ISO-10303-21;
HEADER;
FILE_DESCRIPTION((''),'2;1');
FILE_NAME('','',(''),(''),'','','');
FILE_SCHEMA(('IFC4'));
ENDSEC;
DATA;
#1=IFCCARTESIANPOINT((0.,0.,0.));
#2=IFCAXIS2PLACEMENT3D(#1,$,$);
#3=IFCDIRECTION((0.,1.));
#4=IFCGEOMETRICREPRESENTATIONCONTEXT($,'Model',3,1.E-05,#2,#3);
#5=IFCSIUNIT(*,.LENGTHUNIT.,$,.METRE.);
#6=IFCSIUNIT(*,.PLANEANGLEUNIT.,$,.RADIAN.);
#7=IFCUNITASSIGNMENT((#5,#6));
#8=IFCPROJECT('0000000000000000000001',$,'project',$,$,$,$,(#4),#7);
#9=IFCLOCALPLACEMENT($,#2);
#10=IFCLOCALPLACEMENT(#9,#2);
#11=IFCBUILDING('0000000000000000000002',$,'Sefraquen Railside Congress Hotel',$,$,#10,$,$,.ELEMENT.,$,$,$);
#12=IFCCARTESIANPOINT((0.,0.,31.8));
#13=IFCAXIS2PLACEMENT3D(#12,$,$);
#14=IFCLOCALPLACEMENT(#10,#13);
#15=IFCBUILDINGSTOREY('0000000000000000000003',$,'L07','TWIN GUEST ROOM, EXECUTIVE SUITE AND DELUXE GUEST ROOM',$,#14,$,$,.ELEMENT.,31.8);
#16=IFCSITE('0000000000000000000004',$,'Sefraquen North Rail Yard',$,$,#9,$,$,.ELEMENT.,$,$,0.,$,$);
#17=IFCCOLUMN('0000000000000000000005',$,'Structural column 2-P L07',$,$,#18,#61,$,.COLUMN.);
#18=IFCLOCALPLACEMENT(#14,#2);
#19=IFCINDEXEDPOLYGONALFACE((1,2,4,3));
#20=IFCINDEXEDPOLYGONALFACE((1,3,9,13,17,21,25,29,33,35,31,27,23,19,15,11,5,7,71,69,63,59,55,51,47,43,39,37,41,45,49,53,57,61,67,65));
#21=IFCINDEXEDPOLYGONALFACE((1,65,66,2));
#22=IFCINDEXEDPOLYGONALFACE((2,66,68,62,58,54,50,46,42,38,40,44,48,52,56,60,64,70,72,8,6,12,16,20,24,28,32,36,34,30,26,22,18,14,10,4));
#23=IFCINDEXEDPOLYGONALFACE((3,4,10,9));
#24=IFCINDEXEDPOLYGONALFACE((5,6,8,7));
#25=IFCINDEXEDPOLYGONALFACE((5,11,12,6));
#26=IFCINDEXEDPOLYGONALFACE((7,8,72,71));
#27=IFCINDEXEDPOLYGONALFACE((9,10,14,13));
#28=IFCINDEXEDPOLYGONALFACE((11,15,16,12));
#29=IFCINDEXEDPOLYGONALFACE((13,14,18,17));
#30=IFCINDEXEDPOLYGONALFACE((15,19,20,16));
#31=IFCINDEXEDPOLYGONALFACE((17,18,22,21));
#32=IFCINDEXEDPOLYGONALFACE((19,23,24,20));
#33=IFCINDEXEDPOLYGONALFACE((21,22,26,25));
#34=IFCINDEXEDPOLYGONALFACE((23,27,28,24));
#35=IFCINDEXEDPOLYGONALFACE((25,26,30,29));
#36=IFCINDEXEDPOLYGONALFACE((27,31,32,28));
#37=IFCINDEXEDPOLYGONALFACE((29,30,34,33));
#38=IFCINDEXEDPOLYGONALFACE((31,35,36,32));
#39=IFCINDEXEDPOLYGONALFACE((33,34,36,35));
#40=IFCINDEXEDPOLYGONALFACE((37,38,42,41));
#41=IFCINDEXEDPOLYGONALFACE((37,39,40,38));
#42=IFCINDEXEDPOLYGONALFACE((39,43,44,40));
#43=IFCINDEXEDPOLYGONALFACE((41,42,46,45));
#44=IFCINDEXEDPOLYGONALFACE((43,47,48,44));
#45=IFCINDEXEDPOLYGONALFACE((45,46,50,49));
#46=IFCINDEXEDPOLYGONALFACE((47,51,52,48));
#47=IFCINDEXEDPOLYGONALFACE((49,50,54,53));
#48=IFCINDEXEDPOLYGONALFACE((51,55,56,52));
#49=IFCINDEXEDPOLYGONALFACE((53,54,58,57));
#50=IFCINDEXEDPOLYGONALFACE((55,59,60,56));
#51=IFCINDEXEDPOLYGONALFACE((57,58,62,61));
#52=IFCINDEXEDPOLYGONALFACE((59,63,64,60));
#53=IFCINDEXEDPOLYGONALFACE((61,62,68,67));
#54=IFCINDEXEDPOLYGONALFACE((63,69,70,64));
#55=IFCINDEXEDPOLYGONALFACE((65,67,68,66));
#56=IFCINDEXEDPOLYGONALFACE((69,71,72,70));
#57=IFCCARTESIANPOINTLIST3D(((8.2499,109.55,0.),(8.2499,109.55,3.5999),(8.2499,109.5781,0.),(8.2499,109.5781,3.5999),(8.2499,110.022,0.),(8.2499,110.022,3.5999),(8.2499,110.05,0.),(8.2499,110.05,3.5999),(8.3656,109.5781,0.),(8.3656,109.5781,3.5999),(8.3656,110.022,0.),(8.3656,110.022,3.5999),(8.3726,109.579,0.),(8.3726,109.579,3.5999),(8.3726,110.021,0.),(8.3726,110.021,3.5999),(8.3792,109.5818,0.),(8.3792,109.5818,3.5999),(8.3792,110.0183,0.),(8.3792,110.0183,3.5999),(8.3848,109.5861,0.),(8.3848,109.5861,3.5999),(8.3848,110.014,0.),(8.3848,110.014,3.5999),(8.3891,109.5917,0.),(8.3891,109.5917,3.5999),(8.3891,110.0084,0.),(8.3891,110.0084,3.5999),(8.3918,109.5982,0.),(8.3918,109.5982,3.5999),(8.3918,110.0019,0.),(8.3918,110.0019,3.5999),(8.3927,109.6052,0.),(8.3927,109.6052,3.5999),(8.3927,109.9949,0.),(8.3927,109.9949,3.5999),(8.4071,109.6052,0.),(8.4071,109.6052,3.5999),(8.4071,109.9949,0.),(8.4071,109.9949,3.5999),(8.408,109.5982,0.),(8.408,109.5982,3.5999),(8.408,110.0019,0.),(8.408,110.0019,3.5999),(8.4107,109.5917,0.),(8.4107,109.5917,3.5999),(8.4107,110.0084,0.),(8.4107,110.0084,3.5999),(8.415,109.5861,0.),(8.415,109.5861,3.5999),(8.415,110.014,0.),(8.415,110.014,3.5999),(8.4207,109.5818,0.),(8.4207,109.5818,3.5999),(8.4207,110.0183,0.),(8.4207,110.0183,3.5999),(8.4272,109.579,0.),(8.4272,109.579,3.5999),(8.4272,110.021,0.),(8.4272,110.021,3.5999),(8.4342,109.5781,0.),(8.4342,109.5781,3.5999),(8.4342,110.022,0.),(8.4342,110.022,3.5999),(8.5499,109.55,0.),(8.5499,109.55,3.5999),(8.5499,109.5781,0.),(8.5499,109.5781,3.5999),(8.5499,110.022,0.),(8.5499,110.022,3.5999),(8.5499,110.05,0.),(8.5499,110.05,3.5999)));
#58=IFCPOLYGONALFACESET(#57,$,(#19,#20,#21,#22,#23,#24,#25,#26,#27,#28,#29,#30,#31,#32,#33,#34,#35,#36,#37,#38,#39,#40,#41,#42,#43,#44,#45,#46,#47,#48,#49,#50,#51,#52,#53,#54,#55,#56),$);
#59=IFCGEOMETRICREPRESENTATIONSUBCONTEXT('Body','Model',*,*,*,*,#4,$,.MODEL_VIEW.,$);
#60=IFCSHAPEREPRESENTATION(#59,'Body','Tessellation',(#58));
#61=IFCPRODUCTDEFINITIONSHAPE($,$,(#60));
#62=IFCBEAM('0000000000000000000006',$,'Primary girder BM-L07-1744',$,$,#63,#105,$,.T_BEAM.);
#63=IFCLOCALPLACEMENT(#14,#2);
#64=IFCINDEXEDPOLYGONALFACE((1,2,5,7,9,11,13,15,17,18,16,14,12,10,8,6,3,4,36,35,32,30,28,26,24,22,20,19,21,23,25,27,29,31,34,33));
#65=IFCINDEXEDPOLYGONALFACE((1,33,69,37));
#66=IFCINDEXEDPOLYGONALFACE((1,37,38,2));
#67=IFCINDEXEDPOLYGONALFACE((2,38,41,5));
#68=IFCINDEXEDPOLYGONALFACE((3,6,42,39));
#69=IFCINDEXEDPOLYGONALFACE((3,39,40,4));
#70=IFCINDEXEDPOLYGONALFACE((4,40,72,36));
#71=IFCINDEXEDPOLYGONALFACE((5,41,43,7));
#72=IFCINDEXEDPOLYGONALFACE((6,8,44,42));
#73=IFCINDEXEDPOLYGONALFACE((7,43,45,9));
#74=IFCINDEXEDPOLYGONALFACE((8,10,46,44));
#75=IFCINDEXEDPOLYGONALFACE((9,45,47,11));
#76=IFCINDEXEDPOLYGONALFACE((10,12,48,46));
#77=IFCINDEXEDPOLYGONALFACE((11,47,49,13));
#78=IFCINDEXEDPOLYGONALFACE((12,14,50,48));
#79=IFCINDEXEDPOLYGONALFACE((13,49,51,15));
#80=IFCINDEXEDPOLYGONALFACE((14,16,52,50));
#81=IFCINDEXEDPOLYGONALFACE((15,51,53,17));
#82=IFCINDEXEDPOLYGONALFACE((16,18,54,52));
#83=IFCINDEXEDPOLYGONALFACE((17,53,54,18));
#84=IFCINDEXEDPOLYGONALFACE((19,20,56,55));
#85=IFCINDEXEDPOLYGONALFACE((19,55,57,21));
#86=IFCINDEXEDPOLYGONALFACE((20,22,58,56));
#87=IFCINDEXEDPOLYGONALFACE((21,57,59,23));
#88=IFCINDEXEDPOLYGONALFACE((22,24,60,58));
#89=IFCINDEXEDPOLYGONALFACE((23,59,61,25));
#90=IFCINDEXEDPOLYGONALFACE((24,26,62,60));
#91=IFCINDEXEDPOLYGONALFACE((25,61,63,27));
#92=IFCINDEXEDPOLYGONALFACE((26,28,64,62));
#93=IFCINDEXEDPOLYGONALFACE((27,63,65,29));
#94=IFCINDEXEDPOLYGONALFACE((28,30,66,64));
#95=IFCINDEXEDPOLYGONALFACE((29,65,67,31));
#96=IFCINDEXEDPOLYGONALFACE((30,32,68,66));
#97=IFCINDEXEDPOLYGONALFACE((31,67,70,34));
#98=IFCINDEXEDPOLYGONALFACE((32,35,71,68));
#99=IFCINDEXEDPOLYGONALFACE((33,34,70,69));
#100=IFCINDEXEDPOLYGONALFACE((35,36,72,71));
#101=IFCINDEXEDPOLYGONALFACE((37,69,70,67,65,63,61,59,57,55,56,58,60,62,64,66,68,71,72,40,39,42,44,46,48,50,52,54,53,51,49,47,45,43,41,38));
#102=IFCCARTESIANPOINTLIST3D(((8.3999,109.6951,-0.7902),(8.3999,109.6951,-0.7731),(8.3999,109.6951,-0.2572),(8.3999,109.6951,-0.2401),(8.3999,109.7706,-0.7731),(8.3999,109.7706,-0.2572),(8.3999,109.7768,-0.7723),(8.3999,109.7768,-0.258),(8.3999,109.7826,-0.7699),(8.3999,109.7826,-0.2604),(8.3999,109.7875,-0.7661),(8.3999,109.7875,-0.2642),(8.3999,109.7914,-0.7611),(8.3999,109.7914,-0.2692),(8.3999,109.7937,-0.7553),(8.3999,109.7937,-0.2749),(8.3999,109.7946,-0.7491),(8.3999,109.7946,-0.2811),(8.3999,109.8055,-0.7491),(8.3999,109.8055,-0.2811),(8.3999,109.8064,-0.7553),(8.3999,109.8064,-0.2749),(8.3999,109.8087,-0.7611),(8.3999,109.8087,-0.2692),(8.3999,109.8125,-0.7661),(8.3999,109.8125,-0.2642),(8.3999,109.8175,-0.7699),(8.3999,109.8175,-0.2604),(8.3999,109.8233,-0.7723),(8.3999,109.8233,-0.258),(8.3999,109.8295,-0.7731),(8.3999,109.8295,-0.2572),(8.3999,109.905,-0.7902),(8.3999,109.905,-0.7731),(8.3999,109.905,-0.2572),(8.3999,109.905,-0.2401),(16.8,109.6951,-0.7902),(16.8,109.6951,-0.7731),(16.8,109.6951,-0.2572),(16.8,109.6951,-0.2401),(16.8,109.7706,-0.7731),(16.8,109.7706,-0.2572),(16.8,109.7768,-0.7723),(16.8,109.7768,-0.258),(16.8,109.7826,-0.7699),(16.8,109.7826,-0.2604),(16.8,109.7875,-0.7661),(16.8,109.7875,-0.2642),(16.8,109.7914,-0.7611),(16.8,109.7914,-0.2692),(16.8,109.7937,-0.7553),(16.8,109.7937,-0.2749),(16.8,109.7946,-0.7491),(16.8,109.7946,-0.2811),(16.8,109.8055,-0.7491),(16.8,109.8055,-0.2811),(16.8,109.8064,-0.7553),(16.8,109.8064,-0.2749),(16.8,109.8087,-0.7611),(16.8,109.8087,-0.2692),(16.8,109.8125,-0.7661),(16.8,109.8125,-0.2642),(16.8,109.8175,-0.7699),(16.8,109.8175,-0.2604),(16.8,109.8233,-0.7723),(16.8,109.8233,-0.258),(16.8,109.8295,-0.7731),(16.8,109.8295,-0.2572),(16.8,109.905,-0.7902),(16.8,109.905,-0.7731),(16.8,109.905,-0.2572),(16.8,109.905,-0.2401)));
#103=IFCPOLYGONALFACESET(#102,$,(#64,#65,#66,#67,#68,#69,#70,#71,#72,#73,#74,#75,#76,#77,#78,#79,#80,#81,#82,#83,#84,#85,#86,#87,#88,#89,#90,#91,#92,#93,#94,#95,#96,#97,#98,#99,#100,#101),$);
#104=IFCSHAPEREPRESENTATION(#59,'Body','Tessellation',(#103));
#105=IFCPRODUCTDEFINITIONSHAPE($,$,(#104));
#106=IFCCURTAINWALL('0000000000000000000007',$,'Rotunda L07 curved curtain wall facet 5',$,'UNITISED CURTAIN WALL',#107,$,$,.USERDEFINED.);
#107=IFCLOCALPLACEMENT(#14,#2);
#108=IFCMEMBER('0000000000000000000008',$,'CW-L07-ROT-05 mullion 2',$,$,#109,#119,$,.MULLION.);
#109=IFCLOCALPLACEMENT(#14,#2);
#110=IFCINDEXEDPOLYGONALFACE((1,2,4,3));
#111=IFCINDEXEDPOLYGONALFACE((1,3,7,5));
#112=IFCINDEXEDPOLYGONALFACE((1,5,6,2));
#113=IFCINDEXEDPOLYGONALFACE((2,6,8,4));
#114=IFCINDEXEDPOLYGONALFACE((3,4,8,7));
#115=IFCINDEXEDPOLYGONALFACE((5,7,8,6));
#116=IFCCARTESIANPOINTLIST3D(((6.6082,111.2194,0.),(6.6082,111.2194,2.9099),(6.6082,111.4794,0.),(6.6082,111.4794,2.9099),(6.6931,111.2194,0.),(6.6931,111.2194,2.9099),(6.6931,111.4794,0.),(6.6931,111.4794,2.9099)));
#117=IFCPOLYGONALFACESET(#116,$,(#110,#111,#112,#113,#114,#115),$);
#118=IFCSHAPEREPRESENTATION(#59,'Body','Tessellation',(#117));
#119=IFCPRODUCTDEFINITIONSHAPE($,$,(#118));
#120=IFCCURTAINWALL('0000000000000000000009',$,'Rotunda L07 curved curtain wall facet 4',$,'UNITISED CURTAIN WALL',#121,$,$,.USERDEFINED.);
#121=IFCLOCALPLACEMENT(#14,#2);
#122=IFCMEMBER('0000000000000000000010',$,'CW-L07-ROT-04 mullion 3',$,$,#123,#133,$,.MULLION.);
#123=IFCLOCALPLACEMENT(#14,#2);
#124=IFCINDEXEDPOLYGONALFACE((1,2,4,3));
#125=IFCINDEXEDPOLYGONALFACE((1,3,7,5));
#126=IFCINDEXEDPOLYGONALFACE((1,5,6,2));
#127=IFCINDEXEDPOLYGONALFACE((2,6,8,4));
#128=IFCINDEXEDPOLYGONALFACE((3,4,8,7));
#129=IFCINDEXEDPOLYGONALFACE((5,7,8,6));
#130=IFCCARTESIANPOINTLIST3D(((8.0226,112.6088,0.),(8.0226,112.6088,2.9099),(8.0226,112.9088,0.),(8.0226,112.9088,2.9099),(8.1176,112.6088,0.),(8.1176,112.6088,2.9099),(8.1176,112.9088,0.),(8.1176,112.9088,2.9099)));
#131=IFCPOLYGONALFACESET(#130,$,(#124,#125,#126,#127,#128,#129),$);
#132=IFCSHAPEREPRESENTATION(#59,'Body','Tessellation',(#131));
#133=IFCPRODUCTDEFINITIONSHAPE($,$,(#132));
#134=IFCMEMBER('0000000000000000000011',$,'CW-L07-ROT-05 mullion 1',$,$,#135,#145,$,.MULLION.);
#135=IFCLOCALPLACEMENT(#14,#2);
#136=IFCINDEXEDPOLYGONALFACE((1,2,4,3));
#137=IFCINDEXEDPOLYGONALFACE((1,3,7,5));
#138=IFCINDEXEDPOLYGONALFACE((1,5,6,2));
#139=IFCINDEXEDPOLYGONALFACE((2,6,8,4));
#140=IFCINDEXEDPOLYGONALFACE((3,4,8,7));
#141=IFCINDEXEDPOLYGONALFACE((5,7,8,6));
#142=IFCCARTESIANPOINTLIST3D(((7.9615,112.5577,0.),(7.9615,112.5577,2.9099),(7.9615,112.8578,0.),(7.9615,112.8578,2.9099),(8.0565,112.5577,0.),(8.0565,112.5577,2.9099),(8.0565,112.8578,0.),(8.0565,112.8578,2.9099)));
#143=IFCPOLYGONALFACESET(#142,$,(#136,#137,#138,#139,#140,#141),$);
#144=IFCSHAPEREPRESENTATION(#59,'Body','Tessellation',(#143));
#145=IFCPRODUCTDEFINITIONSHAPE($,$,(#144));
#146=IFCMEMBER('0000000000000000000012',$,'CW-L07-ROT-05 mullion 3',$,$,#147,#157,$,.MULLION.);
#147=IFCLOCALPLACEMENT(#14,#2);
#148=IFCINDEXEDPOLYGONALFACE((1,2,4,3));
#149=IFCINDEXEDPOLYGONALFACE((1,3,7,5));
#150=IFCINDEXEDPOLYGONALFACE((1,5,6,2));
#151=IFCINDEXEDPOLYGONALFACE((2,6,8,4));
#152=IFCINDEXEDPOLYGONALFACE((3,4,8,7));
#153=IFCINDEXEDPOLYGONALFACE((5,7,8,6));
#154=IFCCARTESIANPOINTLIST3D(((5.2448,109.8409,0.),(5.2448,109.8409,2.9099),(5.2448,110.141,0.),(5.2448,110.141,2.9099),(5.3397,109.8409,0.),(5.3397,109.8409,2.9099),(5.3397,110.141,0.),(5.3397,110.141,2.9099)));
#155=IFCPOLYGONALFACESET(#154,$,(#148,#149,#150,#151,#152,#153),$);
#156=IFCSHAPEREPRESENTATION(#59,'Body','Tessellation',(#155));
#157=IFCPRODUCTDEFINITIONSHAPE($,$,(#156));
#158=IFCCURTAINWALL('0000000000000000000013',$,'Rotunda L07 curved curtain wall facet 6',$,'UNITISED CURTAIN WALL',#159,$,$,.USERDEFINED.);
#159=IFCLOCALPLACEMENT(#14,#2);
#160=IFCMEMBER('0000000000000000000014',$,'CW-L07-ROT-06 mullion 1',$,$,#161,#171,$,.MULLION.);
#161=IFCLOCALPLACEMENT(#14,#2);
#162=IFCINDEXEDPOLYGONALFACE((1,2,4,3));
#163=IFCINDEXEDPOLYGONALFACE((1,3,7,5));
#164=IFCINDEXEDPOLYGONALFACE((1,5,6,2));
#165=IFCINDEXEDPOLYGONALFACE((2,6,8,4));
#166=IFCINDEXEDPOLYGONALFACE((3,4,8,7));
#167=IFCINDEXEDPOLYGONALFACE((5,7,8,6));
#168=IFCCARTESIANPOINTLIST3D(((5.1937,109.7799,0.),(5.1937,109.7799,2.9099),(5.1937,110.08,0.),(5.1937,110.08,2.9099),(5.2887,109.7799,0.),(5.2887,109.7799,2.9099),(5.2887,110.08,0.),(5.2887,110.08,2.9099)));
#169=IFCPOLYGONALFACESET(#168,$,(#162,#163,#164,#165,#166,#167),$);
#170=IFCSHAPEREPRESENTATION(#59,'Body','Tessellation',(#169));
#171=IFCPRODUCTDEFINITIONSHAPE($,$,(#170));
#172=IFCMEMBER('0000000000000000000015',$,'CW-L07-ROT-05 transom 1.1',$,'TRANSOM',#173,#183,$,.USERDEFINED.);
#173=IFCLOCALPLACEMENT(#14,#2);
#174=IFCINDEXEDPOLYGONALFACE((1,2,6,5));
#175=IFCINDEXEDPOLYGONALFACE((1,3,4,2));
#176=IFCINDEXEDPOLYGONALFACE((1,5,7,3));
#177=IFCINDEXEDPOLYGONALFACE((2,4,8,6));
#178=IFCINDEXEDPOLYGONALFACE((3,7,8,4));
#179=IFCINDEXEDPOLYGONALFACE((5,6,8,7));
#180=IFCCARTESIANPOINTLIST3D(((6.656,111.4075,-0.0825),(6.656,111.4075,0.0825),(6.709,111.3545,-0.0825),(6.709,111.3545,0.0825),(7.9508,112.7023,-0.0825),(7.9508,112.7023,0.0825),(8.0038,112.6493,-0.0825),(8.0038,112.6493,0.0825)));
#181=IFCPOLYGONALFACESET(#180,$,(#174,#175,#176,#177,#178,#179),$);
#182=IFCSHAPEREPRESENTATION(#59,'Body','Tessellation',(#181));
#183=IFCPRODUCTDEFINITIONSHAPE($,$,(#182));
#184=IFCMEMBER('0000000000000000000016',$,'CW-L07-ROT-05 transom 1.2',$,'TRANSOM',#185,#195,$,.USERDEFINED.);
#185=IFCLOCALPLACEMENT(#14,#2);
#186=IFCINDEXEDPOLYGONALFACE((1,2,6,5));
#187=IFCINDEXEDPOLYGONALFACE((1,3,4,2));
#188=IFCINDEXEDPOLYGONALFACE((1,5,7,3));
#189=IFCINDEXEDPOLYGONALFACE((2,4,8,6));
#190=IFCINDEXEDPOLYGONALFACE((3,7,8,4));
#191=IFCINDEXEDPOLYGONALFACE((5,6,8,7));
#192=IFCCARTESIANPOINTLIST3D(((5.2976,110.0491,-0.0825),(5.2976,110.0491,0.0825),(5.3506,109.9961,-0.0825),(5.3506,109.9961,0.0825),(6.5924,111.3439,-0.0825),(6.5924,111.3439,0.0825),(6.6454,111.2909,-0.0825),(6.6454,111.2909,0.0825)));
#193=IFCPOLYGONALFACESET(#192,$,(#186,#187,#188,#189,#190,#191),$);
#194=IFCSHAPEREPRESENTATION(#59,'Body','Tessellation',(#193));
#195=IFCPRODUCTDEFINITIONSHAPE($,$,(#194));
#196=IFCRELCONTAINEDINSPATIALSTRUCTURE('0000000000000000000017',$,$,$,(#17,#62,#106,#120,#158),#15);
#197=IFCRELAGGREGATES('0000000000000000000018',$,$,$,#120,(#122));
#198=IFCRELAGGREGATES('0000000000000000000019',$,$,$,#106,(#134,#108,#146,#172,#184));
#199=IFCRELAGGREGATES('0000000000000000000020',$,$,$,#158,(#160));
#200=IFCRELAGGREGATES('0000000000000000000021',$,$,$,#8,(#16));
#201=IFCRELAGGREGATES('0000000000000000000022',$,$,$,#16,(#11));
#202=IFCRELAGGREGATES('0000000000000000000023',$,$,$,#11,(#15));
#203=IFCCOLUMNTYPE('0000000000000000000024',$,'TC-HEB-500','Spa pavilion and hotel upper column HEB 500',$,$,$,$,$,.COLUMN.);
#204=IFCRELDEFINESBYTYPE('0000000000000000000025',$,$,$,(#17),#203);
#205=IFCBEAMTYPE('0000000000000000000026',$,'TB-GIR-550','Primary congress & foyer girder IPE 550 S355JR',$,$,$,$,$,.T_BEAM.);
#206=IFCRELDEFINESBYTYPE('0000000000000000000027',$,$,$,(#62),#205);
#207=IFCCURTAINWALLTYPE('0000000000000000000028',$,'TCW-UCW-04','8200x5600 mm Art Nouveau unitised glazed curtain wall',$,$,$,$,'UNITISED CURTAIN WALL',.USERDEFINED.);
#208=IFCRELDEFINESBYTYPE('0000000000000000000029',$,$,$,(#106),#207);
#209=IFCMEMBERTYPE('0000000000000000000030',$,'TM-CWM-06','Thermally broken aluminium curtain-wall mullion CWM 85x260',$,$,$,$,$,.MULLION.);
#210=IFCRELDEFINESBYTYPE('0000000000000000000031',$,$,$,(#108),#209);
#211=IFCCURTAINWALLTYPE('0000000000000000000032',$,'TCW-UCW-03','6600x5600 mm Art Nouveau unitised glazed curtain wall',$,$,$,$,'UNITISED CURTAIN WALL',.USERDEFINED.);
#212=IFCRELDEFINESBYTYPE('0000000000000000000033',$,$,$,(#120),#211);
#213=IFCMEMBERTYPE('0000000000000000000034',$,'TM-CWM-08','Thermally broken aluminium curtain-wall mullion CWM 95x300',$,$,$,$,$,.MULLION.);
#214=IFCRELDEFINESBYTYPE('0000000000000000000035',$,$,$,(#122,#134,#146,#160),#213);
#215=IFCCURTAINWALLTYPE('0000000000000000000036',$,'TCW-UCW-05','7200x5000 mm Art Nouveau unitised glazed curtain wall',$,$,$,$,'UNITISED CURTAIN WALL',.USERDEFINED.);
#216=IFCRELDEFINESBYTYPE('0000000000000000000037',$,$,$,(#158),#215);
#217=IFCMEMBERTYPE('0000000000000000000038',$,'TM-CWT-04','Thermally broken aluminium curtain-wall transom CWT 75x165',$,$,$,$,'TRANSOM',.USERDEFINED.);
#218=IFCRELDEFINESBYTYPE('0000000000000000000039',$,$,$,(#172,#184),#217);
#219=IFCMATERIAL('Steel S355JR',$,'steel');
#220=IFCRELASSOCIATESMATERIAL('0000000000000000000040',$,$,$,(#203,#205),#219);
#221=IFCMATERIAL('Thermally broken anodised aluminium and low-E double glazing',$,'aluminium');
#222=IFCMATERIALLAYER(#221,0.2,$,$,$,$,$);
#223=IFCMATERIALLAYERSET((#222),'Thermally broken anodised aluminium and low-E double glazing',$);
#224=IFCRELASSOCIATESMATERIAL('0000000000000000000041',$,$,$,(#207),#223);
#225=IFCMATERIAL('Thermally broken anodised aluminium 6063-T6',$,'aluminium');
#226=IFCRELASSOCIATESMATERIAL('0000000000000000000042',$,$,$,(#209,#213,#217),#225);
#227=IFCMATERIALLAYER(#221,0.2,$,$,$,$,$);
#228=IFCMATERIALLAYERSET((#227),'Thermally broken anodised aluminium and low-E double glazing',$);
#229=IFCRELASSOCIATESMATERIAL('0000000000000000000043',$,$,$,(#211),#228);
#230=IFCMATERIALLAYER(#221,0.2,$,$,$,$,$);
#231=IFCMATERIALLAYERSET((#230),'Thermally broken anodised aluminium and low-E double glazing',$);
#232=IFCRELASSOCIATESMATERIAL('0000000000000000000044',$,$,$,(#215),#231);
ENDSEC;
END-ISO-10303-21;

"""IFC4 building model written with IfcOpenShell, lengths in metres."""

from ifc_helpers import new_model, si_unit, direction, frame, origin, origin_2d, place, context, subcontext, project, spatial, rectangle, i_section, extrude, material, layer, layer_set, material_profile, profile_set, type_object, element, aggregate, save


model = new_model("IFC4")

# Units and contexts
model_context = context("Model", 3, precision=1e-05, world=origin(), true_north=direction((0.0, 1.0)))
body_context = subcontext(model_context, "Body", "Model", "MODEL_VIEW")
ifc_project = project(units=[si_unit("LENGTHUNIT", "METRE"), si_unit("PLANEANGLEUNIT", "RADIAN")], contexts=[model_context])

# Site, building, storey
site_placement = place(None, origin())
site = spatial("IfcSite", under=ifc_project, at=site_placement, Name="Sefraquen North Rail Yard", CompositionType="ELEMENT", RefElevation=0.0)
building_placement = place(site_placement, origin())
building = spatial("IfcBuilding", under=site, at=building_placement, Name="Sefraquen Railside Congress Hotel", CompositionType="ELEMENT")
storey_placement = place(building_placement, frame((0.0, 0.0, 31.8)))
storey = spatial("IfcBuildingStorey", under=building, at=storey_placement, Name="L07", Description="TWIN GUEST ROOM, EXECUTIVE SUITE AND DELUXE GUEST ROOM", CompositionType="ELEMENT", Elevation=31.8)

# Column
ifc_material_1 = material(Name="Steel S355JR", Category="steel")
ifc_material_profile_1 = material_profile(ifc_material_1, i_section(OverallWidth=0.3, OverallDepth=0.5, WebThickness=0.0144, FlangeThickness=0.0281, FilletRadius=0.0271, at=origin_2d()), Name="HEB 500")
ifc_profile_set_1 = profile_set([ifc_material_profile_1], Name="Steel S355JR")
column_type = type_object("IfcColumnType", Name="TC-HEB-500", Description="Spa pavilion and hotel upper column HEB 500", PredefinedType="COLUMN", material=ifc_profile_set_1)
column_placement = place(storey_placement, frame((8.3999, 109.8, 0.0), z_axis=(0.0, 0.0, 1.0), x_axis=(1.0, 0.0, 0.0)))
element("IfcColumn", 1, at=column_placement, inside=storey, type_object=column_type, Name="Structural column 2-P L07", PredefinedType="COLUMN", context=body_context, shape_type="SweptSolid", body=[
    extrude(i_section(OverallWidth=0.3, OverallDepth=0.5, WebThickness=0.0144, FlangeThickness=0.0281, FilletRadius=0.0271, at=origin_2d()), origin(), (0.0, 0.0, 1.0), 3.5999),
])

# Beam
ifc_material_profile_2 = material_profile(ifc_material_1, i_section(OverallWidth=0.21, OverallDepth=0.55, WebThickness=0.011, FlangeThickness=0.0171, FilletRadius=0.0239, at=origin_2d()), Name="IPE 550")
ifc_profile_set_2 = profile_set([ifc_material_profile_2], Name="Steel S355JR")
beam_type = type_object("IfcBeamType", Name="TB-GIR-550", Description="Primary congress & foyer girder IPE 550 S355JR", PredefinedType="T_BEAM", material=ifc_profile_set_2)
beam_placement = place(storey_placement, frame((8.3999, 109.8, -0.5151), z_axis=(1.0, 0.0, 0.0), x_axis=(0.0, 1.0, 0.0)))
element("IfcBeam", 2, at=beam_placement, inside=storey, type_object=beam_type, Name="Primary girder BM-L07-1744", PredefinedType="T_BEAM", context=body_context, shape_type="SweptSolid", body=[
    extrude(i_section(OverallWidth=0.21, OverallDepth=0.55, WebThickness=0.011, FlangeThickness=0.0171, FilletRadius=0.0239, at=origin_2d()), origin(), (0.0, 0.0, 1.0), 8.4001),
])

# Curtain walls, members
ifc_material_2 = material(Name="Thermally broken anodised aluminium and low-E double glazing", Category="aluminium")
ifc_layer_1 = layer(ifc_material_2, 0.2)
ifc_layer_set_1 = layer_set([ifc_layer_1], Name="Thermally broken anodised aluminium and low-E double glazing")
curtain_wall_type_1 = type_object("IfcCurtainWallType", Name="TCW-UCW-04", Description="8200x5600 mm Art Nouveau unitised glazed curtain wall", ElementType="UNITISED CURTAIN WALL", PredefinedType="USERDEFINED", material=ifc_layer_set_1)
curtain_wall_1_placement = place(storey_placement, origin())
curtain_wall_1 = element("IfcCurtainWall", 3, at=curtain_wall_1_placement, inside=storey, type_object=curtain_wall_type_1, Name="Rotunda L07 curved curtain wall facet 5", ObjectType="UNITISED CURTAIN WALL", PredefinedType="USERDEFINED")
ifc_material_3 = material(Name="Thermally broken anodised aluminium 6063-T6", Category="aluminium")
ifc_material_profile_3 = material_profile(ifc_material_3, rectangle(XDim=0.085, YDim=0.26, at=origin_2d()), Name="CWM 85x260")
ifc_profile_set_3 = profile_set([ifc_material_profile_3], Name="Thermally broken anodised aluminium 6063-T6")
member_type_1 = type_object("IfcMemberType", Name="TM-CWM-06", Description="Thermally broken aluminium curtain-wall mullion CWM 85x260", PredefinedType="MULLION", material=ifc_profile_set_3)
member_1_placement = place(storey_placement, frame((6.6506, 111.3494, 0.0), z_axis=(0.0, 0.0, 1.0), x_axis=(1.0, 0.0, 0.0)))
member_1 = element("IfcMember", 4, at=member_1_placement, type_object=member_type_1, Name="CW-L07-ROT-05 mullion 2", PredefinedType="MULLION", context=body_context, shape_type="SweptSolid", body=[
    extrude(rectangle(XDim=0.085, YDim=0.26, at=origin_2d()), origin(), (0.0, 0.0, 1.0), 2.9099),
])
ifc_layer_2 = layer(ifc_material_2, 0.2)
ifc_layer_set_2 = layer_set([ifc_layer_2], Name="Thermally broken anodised aluminium and low-E double glazing")
curtain_wall_type_2 = type_object("IfcCurtainWallType", Name="TCW-UCW-03", Description="6600x5600 mm Art Nouveau unitised glazed curtain wall", ElementType="UNITISED CURTAIN WALL", PredefinedType="USERDEFINED", material=ifc_layer_set_2)
curtain_wall_2_placement = place(storey_placement, origin())
curtain_wall_2 = element("IfcCurtainWall", 5, at=curtain_wall_2_placement, inside=storey, type_object=curtain_wall_type_2, Name="Rotunda L07 curved curtain wall facet 4", ObjectType="UNITISED CURTAIN WALL", PredefinedType="USERDEFINED")
ifc_material_profile_4 = material_profile(ifc_material_3, rectangle(XDim=0.095, YDim=0.3, at=origin_2d()), Name="CWM 95x300")
ifc_profile_set_4 = profile_set([ifc_material_profile_4], Name="Thermally broken anodised aluminium 6063-T6")
member_type_2 = type_object("IfcMemberType", Name="TM-CWM-08", Description="Thermally broken aluminium curtain-wall mullion CWM 95x300", PredefinedType="MULLION", material=ifc_profile_set_4)
member_2_placement = place(storey_placement, frame((8.0701, 112.7588, 0.0), z_axis=(0.0, 0.0, 1.0), x_axis=(1.0, 0.0, 0.0)))
member_2 = element("IfcMember", 6, at=member_2_placement, type_object=member_type_2, Name="CW-L07-ROT-04 mullion 3", PredefinedType="MULLION", context=body_context, shape_type="SweptSolid", body=[
    extrude(rectangle(XDim=0.095, YDim=0.3, at=origin_2d()), origin(), (0.0, 0.0, 1.0), 2.9099),
])

# Members
member_3_placement = place(storey_placement, frame((8.009, 112.7078, 0.0), z_axis=(0.0, 0.0, 1.0), x_axis=(1.0, 0.0, 0.0)))
member_3 = element("IfcMember", 7, at=member_3_placement, type_object=member_type_2, Name="CW-L07-ROT-05 mullion 1", PredefinedType="MULLION", context=body_context, shape_type="SweptSolid", body=[
    extrude(rectangle(XDim=0.095, YDim=0.3, at=origin_2d()), origin(), (0.0, 0.0, 1.0), 2.9099),
])
member_4_placement = place(storey_placement, frame((5.2922, 109.991, 0.0), z_axis=(0.0, 0.0, 1.0), x_axis=(1.0, 0.0, 0.0)))
member_4 = element("IfcMember", 8, at=member_4_placement, type_object=member_type_2, Name="CW-L07-ROT-05 mullion 3", PredefinedType="MULLION", context=body_context, shape_type="SweptSolid", body=[
    extrude(rectangle(XDim=0.095, YDim=0.3, at=origin_2d()), origin(), (0.0, 0.0, 1.0), 2.9099),
])

# Curtain wall, member
ifc_layer_3 = layer(ifc_material_2, 0.2)
ifc_layer_set_3 = layer_set([ifc_layer_3], Name="Thermally broken anodised aluminium and low-E double glazing")
curtain_wall_type_3 = type_object("IfcCurtainWallType", Name="TCW-UCW-05", Description="7200x5000 mm Art Nouveau unitised glazed curtain wall", ElementType="UNITISED CURTAIN WALL", PredefinedType="USERDEFINED", material=ifc_layer_set_3)
curtain_wall_3_placement = place(storey_placement, origin())
curtain_wall_3 = element("IfcCurtainWall", 9, at=curtain_wall_3_placement, inside=storey, type_object=curtain_wall_type_3, Name="Rotunda L07 curved curtain wall facet 6", ObjectType="UNITISED CURTAIN WALL", PredefinedType="USERDEFINED")
member_5_placement = place(storey_placement, frame((5.2412, 109.9299, 0.0), z_axis=(0.0, 0.0, 1.0), x_axis=(1.0, 0.0, 0.0)))
member_5 = element("IfcMember", 10, at=member_5_placement, type_object=member_type_2, Name="CW-L07-ROT-06 mullion 1", PredefinedType="MULLION", context=body_context, shape_type="SweptSolid", body=[
    extrude(rectangle(XDim=0.095, YDim=0.3, at=origin_2d()), origin(), (0.0, 0.0, 1.0), 2.9099),
])

# Members
ifc_material_profile_5 = material_profile(ifc_material_3, rectangle(XDim=0.075, YDim=0.165, at=origin_2d()), Name="CWT 75x165")
ifc_profile_set_5 = profile_set([ifc_material_profile_5], Name="Thermally broken anodised aluminium 6063-T6")
member_type_3 = type_object("IfcMemberType", Name="TM-CWT-04", Description="Thermally broken aluminium curtain-wall transom CWT 75x165", ElementType="TRANSOM", PredefinedType="USERDEFINED", material=ifc_profile_set_5)
member_6_placement = place(storey_placement, frame((7.9773, 112.6758, 0.0), z_axis=(-0.707107, -0.707107, 0.0), x_axis=(0.707107, -0.707107, 0.0)))
member_6 = element("IfcMember", 11, at=member_6_placement, type_object=member_type_3, Name="CW-L07-ROT-05 transom 1.1", ObjectType="TRANSOM", PredefinedType="USERDEFINED", context=body_context, shape_type="SweptSolid", body=[
    extrude(rectangle(XDim=0.075, YDim=0.165, at=origin_2d()), origin(), (0.0, 0.0, 1.0), 1.8311),
])
member_7_placement = place(storey_placement, frame((6.6189, 111.3174, 0.0), z_axis=(-0.707107, -0.707107, 0.0), x_axis=(0.707107, -0.707107, 0.0)))
member_7 = element("IfcMember", 12, at=member_7_placement, type_object=member_type_3, Name="CW-L07-ROT-05 transom 1.2", ObjectType="TRANSOM", PredefinedType="USERDEFINED", context=body_context, shape_type="SweptSolid", body=[
    extrude(rectangle(XDim=0.075, YDim=0.165, at=origin_2d()), origin(), (0.0, 0.0, 1.0), 1.8311),
])

aggregate(curtain_wall_2, [member_2])
aggregate(curtain_wall_1, [member_3, member_1, member_4, member_6, member_7])
aggregate(curtain_wall_3, [member_5])

save(model, "model.ifc")
